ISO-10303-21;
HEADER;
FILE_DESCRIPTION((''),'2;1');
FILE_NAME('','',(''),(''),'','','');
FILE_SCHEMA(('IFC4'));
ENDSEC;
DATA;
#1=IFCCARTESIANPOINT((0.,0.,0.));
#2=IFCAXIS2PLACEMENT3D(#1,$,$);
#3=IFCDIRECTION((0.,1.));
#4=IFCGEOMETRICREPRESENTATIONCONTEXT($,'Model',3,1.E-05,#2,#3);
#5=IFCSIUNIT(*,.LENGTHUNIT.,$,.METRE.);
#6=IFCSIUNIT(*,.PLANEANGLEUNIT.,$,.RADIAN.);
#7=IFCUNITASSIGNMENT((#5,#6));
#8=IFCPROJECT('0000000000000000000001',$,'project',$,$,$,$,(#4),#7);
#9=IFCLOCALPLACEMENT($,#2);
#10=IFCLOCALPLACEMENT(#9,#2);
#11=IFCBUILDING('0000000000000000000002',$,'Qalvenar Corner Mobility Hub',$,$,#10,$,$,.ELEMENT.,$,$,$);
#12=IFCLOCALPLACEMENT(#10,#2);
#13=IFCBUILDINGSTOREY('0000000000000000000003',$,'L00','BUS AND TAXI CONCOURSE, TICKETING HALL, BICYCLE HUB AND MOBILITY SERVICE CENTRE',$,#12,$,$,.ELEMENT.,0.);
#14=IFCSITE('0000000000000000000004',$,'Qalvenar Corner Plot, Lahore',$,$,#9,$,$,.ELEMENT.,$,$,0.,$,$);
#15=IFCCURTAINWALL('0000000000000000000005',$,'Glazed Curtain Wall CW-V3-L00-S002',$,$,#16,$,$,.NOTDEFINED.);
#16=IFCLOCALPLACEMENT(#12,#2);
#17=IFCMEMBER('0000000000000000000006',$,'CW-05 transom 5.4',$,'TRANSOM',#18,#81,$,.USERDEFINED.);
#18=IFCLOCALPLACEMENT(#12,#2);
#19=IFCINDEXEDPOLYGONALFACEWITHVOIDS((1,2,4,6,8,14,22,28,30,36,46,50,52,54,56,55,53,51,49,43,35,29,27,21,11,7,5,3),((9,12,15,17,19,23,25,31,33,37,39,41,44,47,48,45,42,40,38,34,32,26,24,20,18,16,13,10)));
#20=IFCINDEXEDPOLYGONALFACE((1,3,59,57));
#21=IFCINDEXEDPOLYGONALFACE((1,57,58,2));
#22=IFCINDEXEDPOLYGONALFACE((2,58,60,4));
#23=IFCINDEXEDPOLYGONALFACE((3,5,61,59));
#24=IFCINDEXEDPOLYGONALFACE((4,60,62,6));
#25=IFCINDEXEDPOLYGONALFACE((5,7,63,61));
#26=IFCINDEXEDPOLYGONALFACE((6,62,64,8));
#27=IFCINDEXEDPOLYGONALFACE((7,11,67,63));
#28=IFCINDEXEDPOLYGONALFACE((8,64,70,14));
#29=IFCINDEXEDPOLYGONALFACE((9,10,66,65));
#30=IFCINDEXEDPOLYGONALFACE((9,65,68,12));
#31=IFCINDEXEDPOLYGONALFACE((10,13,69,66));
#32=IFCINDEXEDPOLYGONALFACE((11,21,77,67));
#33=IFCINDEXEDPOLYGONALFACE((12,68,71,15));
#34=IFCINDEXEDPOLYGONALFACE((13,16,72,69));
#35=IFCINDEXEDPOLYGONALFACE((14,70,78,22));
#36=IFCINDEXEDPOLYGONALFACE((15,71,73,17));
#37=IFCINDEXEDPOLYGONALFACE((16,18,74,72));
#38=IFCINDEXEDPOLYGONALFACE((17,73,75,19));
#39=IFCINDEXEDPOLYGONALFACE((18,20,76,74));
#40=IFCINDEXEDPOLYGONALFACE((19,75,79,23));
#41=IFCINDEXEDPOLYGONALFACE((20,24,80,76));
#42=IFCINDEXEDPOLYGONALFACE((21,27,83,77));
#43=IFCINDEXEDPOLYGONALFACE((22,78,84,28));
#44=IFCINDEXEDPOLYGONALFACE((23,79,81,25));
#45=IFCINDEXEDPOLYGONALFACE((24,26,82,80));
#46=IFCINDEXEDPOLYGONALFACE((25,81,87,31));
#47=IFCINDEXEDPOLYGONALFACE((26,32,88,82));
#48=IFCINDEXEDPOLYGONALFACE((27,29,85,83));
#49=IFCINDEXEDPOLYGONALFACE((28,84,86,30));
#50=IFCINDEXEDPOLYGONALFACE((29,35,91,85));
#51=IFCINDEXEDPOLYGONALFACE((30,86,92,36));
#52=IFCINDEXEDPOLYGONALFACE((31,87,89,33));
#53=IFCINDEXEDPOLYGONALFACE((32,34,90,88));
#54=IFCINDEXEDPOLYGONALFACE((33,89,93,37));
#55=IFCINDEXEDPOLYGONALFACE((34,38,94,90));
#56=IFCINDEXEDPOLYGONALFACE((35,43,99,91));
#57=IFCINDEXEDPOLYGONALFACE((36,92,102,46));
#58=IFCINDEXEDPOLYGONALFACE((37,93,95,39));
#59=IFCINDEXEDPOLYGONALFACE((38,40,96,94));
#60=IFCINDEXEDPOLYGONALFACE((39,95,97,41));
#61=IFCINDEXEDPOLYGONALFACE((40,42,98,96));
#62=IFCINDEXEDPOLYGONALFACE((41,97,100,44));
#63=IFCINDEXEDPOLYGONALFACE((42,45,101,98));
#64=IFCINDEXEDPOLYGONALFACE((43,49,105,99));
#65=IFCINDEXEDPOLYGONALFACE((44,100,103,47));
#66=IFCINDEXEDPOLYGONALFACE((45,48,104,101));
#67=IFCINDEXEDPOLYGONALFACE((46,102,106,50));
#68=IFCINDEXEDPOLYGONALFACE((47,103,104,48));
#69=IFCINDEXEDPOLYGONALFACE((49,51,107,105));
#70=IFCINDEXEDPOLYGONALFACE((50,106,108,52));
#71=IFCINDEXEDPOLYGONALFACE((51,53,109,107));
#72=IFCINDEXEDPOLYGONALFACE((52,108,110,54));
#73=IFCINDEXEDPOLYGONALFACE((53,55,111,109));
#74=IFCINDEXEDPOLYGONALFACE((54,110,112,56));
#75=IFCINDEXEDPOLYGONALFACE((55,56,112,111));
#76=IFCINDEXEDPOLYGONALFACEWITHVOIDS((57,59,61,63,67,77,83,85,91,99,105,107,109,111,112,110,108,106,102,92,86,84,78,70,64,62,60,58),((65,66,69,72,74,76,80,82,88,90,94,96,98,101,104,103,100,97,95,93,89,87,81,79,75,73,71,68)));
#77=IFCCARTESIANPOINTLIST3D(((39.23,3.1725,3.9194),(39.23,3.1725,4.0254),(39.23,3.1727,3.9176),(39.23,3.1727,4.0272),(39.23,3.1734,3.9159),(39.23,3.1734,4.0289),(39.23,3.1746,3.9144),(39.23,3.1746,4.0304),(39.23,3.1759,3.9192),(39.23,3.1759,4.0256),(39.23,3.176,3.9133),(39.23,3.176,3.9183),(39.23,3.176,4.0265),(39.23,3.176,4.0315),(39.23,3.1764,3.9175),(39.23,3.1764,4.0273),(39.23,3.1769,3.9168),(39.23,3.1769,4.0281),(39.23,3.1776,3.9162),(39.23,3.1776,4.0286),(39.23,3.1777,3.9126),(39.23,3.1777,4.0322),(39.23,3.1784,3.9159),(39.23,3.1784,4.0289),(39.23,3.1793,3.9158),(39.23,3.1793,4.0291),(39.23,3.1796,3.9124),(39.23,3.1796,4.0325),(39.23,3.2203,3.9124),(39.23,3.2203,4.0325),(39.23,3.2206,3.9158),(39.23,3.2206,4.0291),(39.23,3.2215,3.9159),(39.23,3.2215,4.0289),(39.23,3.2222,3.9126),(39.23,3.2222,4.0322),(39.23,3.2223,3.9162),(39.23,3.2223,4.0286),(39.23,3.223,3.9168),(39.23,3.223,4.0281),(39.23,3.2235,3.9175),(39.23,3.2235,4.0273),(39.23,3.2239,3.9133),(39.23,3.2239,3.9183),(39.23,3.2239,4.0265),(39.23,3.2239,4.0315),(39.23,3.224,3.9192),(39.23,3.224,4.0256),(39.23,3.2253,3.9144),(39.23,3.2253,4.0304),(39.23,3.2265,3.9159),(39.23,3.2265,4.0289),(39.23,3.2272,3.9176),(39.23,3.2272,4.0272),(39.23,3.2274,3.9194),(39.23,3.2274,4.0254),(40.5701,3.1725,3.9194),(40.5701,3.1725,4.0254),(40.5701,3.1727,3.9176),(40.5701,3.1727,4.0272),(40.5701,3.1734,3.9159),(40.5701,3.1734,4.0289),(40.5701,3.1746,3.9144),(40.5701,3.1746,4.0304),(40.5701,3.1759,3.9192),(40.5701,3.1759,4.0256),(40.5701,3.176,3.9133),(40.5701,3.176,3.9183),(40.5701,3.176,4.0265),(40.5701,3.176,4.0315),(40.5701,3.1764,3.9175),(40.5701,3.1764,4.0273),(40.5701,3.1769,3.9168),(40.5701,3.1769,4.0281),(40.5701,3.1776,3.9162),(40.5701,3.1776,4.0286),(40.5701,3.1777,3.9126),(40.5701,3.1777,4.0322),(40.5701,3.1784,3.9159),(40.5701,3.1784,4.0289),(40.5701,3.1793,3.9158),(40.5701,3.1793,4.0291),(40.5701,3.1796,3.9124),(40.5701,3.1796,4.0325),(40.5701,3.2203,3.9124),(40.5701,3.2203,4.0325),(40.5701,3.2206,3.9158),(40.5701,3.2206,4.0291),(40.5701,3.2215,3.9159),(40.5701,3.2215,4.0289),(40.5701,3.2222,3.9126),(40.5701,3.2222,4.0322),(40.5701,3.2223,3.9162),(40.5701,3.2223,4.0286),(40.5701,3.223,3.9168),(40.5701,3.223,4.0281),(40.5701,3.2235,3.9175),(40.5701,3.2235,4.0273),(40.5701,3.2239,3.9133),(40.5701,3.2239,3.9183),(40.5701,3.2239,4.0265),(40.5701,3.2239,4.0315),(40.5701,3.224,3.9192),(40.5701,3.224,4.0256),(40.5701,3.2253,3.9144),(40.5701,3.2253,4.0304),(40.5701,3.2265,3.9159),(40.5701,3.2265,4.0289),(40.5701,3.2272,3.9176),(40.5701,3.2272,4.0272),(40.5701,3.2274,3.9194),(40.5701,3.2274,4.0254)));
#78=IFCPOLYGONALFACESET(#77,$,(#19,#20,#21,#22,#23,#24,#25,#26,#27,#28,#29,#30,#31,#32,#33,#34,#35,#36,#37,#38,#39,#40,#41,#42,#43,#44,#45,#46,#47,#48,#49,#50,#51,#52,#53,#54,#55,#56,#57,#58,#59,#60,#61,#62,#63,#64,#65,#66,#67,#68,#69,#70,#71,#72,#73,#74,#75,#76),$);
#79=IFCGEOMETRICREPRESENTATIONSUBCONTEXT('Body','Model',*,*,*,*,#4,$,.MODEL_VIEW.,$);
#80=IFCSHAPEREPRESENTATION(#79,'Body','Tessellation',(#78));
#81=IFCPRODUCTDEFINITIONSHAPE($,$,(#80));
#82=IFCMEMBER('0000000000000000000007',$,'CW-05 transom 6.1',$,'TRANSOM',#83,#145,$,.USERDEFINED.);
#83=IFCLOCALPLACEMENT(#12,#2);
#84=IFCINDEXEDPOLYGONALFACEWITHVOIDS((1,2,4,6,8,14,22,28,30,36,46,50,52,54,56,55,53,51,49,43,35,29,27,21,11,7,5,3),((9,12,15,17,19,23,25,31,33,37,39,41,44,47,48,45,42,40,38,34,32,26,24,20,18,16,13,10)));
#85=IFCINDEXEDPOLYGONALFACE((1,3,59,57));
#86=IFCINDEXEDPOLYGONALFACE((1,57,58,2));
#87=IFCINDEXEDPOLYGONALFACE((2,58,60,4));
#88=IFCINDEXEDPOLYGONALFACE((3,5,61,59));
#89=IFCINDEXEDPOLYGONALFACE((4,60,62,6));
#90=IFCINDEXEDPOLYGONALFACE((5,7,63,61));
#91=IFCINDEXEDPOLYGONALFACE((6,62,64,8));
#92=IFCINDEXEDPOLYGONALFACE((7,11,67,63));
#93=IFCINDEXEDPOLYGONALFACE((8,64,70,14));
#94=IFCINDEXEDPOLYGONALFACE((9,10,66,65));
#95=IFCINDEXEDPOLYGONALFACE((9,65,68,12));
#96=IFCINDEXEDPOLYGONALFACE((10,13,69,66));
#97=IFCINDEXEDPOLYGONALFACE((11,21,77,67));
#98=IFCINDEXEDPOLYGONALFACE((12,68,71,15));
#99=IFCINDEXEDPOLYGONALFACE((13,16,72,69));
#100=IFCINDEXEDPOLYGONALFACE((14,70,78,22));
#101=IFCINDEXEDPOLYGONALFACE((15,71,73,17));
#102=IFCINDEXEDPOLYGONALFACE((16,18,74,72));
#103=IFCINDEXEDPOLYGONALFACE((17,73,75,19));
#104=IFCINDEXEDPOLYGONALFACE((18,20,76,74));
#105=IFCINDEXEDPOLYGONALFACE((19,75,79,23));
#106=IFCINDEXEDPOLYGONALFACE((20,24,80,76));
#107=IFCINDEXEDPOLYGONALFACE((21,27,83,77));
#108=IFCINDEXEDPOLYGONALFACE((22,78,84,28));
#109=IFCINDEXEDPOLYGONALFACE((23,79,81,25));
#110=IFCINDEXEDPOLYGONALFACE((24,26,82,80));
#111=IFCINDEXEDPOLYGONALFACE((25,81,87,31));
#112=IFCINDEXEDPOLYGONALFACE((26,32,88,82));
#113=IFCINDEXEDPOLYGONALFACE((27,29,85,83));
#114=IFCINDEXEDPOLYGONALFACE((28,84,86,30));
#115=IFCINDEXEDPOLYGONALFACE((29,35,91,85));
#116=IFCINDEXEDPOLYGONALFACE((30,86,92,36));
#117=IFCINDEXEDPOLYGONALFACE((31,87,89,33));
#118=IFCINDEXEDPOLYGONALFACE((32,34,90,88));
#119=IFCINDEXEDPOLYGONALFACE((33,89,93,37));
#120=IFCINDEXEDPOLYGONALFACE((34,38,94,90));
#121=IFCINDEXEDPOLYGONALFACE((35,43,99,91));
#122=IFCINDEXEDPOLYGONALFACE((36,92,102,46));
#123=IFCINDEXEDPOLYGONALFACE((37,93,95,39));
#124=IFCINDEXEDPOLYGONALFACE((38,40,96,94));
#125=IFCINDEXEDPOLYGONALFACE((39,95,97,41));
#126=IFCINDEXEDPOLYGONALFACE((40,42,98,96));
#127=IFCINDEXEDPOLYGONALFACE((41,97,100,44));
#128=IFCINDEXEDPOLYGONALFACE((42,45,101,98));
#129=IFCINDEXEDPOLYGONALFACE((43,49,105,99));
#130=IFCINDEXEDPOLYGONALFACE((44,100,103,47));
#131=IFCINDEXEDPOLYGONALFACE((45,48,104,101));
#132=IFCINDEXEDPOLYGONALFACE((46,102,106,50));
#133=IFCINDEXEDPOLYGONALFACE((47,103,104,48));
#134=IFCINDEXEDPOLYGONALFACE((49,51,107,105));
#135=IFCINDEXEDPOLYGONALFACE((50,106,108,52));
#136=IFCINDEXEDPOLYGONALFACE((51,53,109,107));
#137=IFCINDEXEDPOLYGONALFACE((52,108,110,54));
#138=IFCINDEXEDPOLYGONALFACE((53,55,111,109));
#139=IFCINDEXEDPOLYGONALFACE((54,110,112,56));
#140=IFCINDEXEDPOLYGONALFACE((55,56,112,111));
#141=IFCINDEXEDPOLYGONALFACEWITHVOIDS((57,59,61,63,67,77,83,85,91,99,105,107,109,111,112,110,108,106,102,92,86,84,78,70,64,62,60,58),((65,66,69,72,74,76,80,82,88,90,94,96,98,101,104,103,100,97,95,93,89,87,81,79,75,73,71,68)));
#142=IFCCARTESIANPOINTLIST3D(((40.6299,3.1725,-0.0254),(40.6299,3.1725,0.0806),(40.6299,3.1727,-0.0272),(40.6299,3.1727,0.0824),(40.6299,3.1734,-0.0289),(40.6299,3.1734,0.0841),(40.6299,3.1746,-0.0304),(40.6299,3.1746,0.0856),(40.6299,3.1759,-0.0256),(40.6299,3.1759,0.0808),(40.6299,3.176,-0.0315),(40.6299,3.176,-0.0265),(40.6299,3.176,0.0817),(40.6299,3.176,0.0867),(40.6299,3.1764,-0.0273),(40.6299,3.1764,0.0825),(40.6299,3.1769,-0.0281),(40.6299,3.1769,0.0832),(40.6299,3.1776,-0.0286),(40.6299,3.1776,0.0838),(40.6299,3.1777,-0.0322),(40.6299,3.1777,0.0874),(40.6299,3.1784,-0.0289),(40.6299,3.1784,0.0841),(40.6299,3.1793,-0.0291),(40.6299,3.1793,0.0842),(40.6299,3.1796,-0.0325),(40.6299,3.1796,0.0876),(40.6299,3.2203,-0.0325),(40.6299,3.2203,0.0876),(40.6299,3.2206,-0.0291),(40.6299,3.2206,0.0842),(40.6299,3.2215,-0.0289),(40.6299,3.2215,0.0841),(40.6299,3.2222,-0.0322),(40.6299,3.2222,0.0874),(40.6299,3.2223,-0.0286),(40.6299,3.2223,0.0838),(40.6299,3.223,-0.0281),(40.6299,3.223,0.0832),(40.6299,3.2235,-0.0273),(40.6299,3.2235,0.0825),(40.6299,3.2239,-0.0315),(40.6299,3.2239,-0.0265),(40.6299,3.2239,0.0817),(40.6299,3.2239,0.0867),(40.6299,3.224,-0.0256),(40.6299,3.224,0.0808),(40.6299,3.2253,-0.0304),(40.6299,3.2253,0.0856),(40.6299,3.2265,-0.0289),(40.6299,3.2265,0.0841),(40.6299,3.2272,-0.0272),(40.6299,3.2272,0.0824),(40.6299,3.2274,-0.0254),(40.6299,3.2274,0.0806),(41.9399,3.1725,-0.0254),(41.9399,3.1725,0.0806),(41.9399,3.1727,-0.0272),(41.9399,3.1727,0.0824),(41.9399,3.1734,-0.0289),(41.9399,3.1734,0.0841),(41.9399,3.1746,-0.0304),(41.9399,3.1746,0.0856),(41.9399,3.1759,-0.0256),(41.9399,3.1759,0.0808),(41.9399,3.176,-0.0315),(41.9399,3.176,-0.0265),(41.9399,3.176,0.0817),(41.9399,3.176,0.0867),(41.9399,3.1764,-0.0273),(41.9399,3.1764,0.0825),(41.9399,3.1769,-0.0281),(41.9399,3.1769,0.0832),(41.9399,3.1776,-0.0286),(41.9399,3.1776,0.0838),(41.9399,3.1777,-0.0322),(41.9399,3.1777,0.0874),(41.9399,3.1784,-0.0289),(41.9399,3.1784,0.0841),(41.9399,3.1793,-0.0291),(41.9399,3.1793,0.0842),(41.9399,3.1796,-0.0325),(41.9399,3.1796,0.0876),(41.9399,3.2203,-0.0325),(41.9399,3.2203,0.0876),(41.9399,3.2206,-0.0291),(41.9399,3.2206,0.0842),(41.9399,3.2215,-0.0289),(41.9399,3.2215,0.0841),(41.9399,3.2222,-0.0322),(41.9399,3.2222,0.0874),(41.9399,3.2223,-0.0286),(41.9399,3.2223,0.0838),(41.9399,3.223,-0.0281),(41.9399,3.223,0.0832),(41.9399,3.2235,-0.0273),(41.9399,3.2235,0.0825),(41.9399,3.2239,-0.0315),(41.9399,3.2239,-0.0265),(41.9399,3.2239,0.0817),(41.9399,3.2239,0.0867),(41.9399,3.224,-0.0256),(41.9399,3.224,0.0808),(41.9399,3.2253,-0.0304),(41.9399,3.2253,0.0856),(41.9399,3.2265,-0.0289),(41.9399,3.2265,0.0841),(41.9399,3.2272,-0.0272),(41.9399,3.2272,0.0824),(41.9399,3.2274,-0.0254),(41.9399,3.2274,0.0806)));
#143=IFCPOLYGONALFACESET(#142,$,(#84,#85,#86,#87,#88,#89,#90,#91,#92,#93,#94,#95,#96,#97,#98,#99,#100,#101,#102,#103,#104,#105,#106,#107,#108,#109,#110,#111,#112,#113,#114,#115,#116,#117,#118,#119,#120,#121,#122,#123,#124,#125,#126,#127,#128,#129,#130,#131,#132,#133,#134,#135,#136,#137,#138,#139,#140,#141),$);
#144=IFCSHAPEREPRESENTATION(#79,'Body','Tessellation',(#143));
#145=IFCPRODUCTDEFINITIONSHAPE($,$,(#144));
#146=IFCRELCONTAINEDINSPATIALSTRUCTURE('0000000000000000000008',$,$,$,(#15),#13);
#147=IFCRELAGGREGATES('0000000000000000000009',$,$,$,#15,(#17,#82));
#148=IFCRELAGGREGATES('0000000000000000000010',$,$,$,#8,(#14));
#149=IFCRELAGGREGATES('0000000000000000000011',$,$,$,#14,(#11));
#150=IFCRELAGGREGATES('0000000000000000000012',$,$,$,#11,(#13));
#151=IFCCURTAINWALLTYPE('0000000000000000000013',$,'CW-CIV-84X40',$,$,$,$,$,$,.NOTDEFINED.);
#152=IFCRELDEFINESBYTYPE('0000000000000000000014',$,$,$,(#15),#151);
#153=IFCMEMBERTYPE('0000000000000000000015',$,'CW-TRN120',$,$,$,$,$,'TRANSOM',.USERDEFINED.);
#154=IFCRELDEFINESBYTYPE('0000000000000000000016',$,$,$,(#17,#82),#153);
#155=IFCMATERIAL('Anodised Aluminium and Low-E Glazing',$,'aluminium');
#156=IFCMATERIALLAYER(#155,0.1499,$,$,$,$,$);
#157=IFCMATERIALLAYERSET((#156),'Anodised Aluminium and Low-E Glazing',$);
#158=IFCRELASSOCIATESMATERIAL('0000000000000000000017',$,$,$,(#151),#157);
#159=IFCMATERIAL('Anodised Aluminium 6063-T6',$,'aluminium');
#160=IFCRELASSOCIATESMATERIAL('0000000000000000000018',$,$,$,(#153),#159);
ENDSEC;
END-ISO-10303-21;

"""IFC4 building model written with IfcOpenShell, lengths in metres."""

from ifc_helpers import new_model, si_unit, direction, frame, origin, origin_2d, place, context, subcontext, project, spatial, hollow_rectangle, extrude, material, layer, layer_set, material_profile, profile_set, type_object, element, aggregate, save


model = new_model("IFC4")

# Units and contexts
model_context = context("Model", 3, precision=1e-05, world=origin(), true_north=direction((0.0, 1.0)))
body_context = subcontext(model_context, "Body", "Model", "MODEL_VIEW")
ifc_project = project(units=[si_unit("LENGTHUNIT", "METRE"), si_unit("PLANEANGLEUNIT", "RADIAN")], contexts=[model_context])

# Site, building, storey
site_placement = place(None, origin())
site = spatial("IfcSite", under=ifc_project, at=site_placement, Name="Qalvenar Corner Plot, Lahore", CompositionType="ELEMENT", RefElevation=0.0)
building_placement = place(site_placement, origin())
building = spatial("IfcBuilding", under=site, at=building_placement, Name="Qalvenar Corner Mobility Hub", CompositionType="ELEMENT")
storey_placement = place(building_placement, origin())
storey = spatial("IfcBuildingStorey", under=building, at=storey_placement, Name="L00", Description="BUS AND TAXI CONCOURSE, TICKETING HALL, BICYCLE HUB AND MOBILITY SERVICE CENTRE", CompositionType="ELEMENT", Elevation=0.0)

# Curtain wall, members
ifc_material_1 = material(Name="Anodised Aluminium and Low-E Glazing", Category="aluminium")
ifc_layer_1 = layer(ifc_material_1, 0.1499)
ifc_layer_set_1 = layer_set([ifc_layer_1], Name="Anodised Aluminium and Low-E Glazing")
curtain_wall_type = type_object("IfcCurtainWallType", Name="CW-CIV-84X40", PredefinedType="NOTDEFINED", material=ifc_layer_set_1)
curtain_wall_placement = place(storey_placement, origin())
curtain_wall = element("IfcCurtainWall", 1, at=curtain_wall_placement, inside=storey, type_object=curtain_wall_type, Name="Glazed Curtain Wall CW-V3-L00-S002", PredefinedType="NOTDEFINED")
ifc_material_2 = material(Name="Anodised Aluminium 6063-T6", Category="aluminium")
ifc_material_profile_1 = material_profile(ifc_material_2, hollow_rectangle(XDim=0.0549, YDim=0.1201, WallThickness=0.0034, InnerFilletRadius=0.0034, OuterFilletRadius=0.0071, at=origin_2d()), Name="RHS120x55x3.5")
ifc_profile_set_1 = profile_set([ifc_material_profile_1], Name="Anodised Aluminium 6063-T6")
member_type_1 = type_object("IfcMemberType", Name="CW-TRN120", ElementType="TRANSOM", PredefinedType="USERDEFINED", material=ifc_profile_set_1)
member_1_placement = place(storey_placement, frame((39.23, 3.2, 3.9724), z_axis=(1.0, 0.0, 0.0), x_axis=(0.0, 1.0, 0.0)))
member_1 = element("IfcMember", 2, at=member_1_placement, type_object=member_type_1, Name="CW-05 transom 5.4", ObjectType="TRANSOM", PredefinedType="USERDEFINED", context=body_context, shape_type="SweptSolid", body=[
    extrude(hollow_rectangle(XDim=0.0549, YDim=0.1201, WallThickness=0.0034, InnerFilletRadius=0.0034, OuterFilletRadius=0.0071, at=origin_2d()), origin(), (0.0, 0.0, 1.0), 1.3401),
])
member_2_placement = place(storey_placement, frame((40.6299, 3.2, 0.0276), z_axis=(1.0, 0.0, 0.0), x_axis=(0.0, 1.0, 0.0)))
member_2 = element("IfcMember", 3, at=member_2_placement, type_object=member_type_1, Name="CW-05 transom 6.1", ObjectType="TRANSOM", PredefinedType="USERDEFINED", context=body_context, shape_type="SweptSolid", body=[
    extrude(hollow_rectangle(XDim=0.0549, YDim=0.1201, WallThickness=0.0034, InnerFilletRadius=0.0034, OuterFilletRadius=0.0071, at=origin_2d()), origin(), (0.0, 0.0, 1.0), 1.3101),
])
aggregate(curtain_wall, [member_1, member_2])

save(model, "model.ifc")
